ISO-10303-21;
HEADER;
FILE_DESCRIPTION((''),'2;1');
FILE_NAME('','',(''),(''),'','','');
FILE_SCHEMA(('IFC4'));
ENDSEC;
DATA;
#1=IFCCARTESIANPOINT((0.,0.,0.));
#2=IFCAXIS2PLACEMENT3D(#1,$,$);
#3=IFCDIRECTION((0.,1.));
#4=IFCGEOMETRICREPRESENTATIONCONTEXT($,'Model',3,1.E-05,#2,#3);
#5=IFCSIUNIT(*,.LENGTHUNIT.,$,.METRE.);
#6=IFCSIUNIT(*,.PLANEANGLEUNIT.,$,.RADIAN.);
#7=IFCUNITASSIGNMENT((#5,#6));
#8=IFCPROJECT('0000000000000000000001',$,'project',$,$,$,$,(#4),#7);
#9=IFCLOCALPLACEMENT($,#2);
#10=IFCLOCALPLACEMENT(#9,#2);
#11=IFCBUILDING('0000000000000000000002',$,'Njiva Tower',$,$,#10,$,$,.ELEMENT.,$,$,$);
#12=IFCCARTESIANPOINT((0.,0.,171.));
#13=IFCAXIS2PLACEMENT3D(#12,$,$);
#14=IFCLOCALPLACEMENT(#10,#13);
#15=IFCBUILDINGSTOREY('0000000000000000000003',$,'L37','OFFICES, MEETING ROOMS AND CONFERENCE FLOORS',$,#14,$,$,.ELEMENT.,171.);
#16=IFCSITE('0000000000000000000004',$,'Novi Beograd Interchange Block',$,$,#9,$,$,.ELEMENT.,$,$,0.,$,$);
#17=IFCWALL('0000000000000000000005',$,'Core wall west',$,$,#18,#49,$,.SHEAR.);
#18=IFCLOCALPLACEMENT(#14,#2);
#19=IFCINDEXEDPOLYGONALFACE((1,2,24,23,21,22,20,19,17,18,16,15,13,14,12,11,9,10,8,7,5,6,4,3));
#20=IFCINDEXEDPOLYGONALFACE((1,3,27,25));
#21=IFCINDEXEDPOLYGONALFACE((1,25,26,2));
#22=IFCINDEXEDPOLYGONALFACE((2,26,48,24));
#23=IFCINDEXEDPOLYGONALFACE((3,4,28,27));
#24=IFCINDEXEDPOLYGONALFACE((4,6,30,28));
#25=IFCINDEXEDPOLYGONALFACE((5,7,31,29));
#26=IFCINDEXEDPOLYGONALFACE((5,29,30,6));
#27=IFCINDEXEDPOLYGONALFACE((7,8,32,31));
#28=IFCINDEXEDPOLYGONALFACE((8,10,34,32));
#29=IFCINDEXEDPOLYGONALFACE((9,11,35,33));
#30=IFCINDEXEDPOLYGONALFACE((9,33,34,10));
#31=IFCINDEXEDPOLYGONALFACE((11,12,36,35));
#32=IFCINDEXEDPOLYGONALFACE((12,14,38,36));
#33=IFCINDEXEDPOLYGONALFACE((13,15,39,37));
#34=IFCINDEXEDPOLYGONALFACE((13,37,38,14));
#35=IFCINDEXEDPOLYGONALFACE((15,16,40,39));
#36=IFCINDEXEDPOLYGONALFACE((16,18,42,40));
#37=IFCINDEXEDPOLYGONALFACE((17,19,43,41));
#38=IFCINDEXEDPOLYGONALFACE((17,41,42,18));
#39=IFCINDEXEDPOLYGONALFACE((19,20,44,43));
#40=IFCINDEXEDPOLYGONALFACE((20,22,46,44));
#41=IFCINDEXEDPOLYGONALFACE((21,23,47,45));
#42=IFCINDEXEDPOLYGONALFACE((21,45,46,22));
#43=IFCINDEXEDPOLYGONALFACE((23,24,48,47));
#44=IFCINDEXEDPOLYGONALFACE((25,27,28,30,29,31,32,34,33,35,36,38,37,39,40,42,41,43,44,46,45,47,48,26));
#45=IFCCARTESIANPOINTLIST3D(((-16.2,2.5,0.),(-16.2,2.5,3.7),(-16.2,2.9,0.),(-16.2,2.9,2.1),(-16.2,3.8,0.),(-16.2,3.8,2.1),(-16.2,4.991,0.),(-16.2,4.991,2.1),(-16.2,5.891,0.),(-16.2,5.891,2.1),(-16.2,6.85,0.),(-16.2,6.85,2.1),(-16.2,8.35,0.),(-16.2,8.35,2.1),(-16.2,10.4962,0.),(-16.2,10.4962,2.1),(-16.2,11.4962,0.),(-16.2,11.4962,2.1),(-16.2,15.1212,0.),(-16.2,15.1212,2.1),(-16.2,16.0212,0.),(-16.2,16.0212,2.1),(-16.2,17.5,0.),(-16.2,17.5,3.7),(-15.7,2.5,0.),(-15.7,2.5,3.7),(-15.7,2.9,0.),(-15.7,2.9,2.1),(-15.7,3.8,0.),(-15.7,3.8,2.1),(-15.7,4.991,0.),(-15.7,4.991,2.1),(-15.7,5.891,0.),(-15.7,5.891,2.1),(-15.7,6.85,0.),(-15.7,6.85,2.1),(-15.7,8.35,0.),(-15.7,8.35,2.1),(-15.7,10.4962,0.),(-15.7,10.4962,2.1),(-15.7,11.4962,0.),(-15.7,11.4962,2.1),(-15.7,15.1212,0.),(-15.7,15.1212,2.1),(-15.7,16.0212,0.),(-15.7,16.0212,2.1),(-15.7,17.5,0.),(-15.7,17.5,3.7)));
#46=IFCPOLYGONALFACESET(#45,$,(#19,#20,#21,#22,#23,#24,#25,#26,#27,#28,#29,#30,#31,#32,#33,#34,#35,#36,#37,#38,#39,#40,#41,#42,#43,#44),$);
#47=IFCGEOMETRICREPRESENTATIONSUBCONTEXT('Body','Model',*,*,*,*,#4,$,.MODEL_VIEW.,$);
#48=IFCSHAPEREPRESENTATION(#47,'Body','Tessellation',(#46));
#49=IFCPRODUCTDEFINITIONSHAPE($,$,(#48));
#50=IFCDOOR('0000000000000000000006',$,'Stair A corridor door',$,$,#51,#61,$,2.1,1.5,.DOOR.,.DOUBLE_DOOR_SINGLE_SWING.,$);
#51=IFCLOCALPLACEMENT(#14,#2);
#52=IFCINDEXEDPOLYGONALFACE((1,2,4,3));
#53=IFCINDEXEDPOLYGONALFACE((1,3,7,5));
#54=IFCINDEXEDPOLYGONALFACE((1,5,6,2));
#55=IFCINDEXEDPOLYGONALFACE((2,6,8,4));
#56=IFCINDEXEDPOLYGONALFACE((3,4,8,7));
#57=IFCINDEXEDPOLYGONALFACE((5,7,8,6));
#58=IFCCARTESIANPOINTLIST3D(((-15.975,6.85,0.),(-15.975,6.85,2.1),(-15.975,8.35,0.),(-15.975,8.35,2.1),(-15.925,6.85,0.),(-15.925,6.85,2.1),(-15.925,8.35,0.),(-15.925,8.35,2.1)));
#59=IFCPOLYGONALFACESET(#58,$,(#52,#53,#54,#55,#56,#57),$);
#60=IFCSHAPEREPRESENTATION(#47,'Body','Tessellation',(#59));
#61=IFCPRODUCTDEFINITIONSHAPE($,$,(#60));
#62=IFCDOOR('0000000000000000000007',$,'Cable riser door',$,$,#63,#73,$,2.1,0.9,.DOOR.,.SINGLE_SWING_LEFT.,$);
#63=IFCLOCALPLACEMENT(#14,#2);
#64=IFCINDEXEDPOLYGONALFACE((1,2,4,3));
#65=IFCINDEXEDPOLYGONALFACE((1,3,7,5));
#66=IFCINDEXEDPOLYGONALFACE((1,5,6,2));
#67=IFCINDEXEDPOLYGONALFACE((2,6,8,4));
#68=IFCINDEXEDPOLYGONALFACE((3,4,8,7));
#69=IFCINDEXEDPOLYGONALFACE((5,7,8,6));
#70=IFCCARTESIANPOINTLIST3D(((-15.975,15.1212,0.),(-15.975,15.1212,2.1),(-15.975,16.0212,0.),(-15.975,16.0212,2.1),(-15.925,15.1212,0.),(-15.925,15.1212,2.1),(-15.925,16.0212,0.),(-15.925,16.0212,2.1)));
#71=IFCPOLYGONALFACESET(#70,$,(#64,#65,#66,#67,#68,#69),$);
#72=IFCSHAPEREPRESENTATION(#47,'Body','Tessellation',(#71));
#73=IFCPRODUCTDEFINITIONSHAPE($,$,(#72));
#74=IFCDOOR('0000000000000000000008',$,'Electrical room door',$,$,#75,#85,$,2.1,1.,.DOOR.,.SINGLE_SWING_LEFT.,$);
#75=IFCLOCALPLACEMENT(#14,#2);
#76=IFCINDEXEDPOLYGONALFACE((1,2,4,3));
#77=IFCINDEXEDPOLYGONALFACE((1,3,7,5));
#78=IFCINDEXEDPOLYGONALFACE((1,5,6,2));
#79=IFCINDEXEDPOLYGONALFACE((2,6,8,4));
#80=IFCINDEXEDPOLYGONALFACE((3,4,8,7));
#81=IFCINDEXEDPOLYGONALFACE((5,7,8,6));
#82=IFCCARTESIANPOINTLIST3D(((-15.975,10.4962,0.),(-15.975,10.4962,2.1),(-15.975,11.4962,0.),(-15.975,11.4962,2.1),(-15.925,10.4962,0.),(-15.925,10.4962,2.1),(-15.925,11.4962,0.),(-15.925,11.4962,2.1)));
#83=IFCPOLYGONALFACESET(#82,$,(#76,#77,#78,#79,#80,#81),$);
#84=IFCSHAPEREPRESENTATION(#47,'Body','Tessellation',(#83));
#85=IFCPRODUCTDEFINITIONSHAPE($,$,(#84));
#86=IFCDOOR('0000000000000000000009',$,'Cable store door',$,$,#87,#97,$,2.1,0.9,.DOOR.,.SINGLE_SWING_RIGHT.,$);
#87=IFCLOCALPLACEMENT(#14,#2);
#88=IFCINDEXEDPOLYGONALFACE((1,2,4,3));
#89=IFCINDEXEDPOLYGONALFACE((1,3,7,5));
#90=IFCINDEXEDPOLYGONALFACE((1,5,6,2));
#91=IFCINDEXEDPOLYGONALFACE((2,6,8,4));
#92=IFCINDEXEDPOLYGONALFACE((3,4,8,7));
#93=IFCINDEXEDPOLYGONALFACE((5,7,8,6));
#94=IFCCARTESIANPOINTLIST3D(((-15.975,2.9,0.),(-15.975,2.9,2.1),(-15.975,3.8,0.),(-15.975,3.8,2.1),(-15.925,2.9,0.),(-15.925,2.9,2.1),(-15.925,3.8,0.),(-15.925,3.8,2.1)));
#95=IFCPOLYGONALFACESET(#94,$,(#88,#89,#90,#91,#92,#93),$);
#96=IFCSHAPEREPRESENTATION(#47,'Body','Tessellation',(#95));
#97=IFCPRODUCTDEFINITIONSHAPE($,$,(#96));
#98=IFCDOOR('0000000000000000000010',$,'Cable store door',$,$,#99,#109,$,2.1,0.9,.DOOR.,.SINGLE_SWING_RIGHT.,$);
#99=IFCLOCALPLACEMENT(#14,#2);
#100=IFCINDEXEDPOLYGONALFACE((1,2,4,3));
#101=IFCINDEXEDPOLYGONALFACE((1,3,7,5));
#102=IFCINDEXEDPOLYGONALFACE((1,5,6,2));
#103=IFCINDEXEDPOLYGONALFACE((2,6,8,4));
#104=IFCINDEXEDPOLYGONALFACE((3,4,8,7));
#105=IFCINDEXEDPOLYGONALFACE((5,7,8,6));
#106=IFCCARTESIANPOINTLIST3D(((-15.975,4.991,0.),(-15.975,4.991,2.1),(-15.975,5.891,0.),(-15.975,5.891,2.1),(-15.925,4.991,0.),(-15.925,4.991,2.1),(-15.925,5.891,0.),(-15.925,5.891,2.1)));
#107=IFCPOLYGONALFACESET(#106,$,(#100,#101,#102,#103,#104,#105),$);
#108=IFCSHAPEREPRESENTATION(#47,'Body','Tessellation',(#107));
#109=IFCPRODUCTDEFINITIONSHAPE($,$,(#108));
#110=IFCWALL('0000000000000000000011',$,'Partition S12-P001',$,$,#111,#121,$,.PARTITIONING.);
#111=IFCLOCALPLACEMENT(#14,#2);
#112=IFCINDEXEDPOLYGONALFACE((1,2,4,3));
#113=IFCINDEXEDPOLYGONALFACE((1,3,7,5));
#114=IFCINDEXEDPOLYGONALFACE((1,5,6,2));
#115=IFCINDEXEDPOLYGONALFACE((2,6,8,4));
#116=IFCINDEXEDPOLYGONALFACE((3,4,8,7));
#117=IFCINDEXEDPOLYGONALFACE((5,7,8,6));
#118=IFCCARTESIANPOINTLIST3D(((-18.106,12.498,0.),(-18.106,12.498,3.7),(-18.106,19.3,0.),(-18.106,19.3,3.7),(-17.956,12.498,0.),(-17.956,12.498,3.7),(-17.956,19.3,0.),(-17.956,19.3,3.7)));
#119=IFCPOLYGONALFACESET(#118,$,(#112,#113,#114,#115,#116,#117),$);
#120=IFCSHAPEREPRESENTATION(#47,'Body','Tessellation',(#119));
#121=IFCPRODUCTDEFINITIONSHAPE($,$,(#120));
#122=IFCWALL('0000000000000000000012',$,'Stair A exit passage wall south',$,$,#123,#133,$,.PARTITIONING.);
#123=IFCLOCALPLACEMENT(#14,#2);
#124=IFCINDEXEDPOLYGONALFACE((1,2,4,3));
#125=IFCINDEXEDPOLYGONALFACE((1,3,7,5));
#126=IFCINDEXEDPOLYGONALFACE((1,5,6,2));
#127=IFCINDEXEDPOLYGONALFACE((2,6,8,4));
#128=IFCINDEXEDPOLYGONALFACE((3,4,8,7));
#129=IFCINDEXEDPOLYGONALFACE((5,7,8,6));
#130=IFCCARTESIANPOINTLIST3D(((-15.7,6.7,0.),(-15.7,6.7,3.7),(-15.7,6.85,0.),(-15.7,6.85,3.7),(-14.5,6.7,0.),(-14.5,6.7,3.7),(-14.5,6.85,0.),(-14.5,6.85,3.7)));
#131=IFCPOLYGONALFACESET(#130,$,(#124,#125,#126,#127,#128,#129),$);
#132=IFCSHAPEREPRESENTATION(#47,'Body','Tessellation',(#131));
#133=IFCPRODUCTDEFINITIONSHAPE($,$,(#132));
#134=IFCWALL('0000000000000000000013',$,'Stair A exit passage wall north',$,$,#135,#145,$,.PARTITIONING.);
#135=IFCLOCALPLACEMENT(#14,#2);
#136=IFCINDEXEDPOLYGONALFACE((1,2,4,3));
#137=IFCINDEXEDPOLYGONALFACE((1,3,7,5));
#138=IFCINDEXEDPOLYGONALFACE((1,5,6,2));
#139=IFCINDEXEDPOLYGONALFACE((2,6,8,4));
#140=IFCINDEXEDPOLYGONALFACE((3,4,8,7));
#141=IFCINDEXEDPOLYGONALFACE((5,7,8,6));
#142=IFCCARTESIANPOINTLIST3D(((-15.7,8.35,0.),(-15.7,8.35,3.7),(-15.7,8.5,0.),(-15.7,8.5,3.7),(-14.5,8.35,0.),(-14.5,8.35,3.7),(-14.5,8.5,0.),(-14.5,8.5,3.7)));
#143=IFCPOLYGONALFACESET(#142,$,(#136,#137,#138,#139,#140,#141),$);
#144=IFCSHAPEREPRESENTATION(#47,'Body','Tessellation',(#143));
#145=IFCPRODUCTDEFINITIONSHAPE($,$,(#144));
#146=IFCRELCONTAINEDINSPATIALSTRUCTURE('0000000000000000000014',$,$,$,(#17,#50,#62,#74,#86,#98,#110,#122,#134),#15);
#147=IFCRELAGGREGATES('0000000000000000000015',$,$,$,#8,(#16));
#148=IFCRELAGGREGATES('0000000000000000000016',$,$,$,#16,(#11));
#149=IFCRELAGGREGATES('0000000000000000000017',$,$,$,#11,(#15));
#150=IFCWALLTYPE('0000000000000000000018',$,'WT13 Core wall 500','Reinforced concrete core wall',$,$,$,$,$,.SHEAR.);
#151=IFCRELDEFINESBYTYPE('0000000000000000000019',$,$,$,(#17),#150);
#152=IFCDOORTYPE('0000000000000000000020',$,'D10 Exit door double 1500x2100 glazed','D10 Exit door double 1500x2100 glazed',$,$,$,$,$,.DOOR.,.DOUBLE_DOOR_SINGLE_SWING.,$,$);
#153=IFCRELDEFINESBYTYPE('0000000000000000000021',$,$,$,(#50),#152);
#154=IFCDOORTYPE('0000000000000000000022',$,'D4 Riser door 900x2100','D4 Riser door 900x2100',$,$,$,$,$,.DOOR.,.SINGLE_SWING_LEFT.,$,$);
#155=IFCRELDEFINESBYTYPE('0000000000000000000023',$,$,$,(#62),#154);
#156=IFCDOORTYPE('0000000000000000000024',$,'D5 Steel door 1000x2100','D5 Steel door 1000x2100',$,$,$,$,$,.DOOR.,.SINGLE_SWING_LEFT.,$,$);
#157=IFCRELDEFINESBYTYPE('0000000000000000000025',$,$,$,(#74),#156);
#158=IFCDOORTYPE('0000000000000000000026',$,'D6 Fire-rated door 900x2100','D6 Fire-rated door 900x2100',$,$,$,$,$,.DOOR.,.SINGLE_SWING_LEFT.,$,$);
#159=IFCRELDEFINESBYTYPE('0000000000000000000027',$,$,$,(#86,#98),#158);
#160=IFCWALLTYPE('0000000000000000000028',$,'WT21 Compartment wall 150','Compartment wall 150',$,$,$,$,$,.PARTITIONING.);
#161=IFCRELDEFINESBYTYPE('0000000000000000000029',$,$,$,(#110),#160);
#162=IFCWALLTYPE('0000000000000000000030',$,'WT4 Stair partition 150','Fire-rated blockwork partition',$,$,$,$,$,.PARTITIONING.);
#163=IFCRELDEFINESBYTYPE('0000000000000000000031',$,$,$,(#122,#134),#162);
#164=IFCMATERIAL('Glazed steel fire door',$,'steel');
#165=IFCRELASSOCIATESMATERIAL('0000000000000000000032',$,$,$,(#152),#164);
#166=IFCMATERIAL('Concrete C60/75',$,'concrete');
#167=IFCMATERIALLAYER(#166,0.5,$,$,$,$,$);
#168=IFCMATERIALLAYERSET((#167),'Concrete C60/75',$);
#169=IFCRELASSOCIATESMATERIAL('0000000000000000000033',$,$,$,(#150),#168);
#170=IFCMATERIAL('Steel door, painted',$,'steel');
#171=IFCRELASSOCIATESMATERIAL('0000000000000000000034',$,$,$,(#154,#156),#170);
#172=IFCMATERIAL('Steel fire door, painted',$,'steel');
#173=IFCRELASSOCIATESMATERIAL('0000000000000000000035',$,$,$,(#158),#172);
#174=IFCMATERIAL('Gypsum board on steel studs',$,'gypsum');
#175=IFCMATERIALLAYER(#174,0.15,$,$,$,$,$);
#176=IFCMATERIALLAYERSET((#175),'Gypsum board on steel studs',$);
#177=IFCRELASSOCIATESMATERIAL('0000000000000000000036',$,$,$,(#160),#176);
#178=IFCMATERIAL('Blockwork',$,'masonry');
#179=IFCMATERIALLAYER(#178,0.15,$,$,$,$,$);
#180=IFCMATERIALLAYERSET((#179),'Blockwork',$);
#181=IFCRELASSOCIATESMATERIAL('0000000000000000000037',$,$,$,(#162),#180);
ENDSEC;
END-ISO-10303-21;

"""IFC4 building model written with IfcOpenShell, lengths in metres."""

from ifc_helpers import new_model, si_unit, direction, frame, frame_2d, origin, place, context, subcontext, project, spatial, rectangle, extrude, material, layer, layer_set, type_object, element, fill, save


model = new_model("IFC4")

# Units and contexts
model_context = context("Model", 3, precision=1e-05, world=origin(), true_north=direction((0.0, 1.0)))
body_context = subcontext(model_context, "Body", "Model", "MODEL_VIEW")
ifc_project = project(units=[si_unit("LENGTHUNIT", "METRE"), si_unit("PLANEANGLEUNIT", "RADIAN")], contexts=[model_context])

# Site, building, storey
site_placement = place(None, origin())
site = spatial("IfcSite", under=ifc_project, at=site_placement, Name="Novi Beograd Interchange Block", CompositionType="ELEMENT", RefElevation=0.0)
building_placement = place(site_placement, origin())
building = spatial("IfcBuilding", under=site, at=building_placement, Name="Njiva Tower", CompositionType="ELEMENT")
storey_placement = place(building_placement, frame((0.0, 0.0, 171.0)))
storey = spatial("IfcBuildingStorey", under=building, at=storey_placement, Name="L37", Description="OFFICES, MEETING ROOMS AND CONFERENCE FLOORS", CompositionType="ELEMENT", Elevation=171.0)

# Shared definitions
ifc_material_1 = material(Name="Blockwork", Category="masonry")

# Shared definitions
ifc_material_2 = material(Name="Glazed steel fire door", Category="steel")
door_type_1 = type_object("IfcDoorType", Name="D10 Exit door double 1500x2100 glazed", Description="D10 Exit door double 1500x2100 glazed", OperationType="DOUBLE_DOOR_SINGLE_SWING", PredefinedType="DOOR", material=ifc_material_2)

# Wall, openings, doors
ifc_material_3 = material(Name="Concrete C60/75", Category="concrete")
ifc_layer_1 = layer(ifc_material_3, 0.5)
ifc_layer_set_1 = layer_set([ifc_layer_1], Name="Concrete C60/75")
wall_type_1 = type_object("IfcWallType", Name="WT13 Core wall 500", Description="Reinforced concrete core wall", PredefinedType="SHEAR", material=ifc_layer_set_1)
wall_1_placement = place(storey_placement, frame((-15.95, 2.5, 0.0), z_axis=(0.0, 0.0, 1.0), x_axis=(0.0, 1.0, 0.0)))
wall_1 = element("IfcWall", 1, at=wall_1_placement, inside=storey, type_object=wall_type_1, Name="Core wall west", PredefinedType="SHEAR", context=body_context, shape_type="SweptSolid", body=[
    extrude(rectangle(XDim=15.0, YDim=0.5, at=frame_2d((7.5, 0.0))), origin(), (0.0, 0.0, 1.0), 3.7),
])
opening_1_placement = place(wall_1_placement, frame((4.35, 0.0, 0.0)))
opening_1 = element("IfcOpeningElement", 2, at=opening_1_placement, cuts=wall_1, PredefinedType="OPENING", context=body_context, shape_type="SweptSolid", body=[
    extrude(rectangle(XDim=1.5, YDim=2.1, at=frame_2d((0.75, 1.05))), frame((0.0, 0.26, 0.0), z_axis=(0.0, -1.0, 0.0), x_axis=(1.0, 0.0, 0.0)), (0.0, 0.0, 1.0), 0.52),
])
opening_2_placement = place(wall_1_placement, frame((0.4, 0.0, 0.0)))
opening_2 = element("IfcOpeningElement", 3, at=opening_2_placement, cuts=wall_1, PredefinedType="OPENING", context=body_context, shape_type="SweptSolid", body=[
    extrude(rectangle(XDim=0.9, YDim=2.1, at=frame_2d((0.45, 1.05))), frame((0.0, 0.26, 0.0), z_axis=(0.0, -1.0, 0.0), x_axis=(1.0, 0.0, 0.0)), (0.0, 0.0, 1.0), 0.52),
])
opening_3_placement = place(wall_1_placement, frame((2.491, 0.0, 0.0)))
opening_3 = element("IfcOpeningElement", 4, at=opening_3_placement, cuts=wall_1, PredefinedType="OPENING", context=body_context, shape_type="SweptSolid", body=[
    extrude(rectangle(XDim=0.9, YDim=2.1, at=frame_2d((0.45, 1.05))), frame((0.0, 0.26, 0.0), z_axis=(0.0, -1.0, 0.0), x_axis=(1.0, 0.0, 0.0)), (0.0, 0.0, 1.0), 0.52),
])
opening_4_placement = place(wall_1_placement, frame((7.9962, 0.0, 0.0)))
opening_4 = element("IfcOpeningElement", 5, at=opening_4_placement, cuts=wall_1, PredefinedType="OPENING", context=body_context, shape_type="SweptSolid", body=[
    extrude(rectangle(XDim=1.0, YDim=2.1, at=frame_2d((0.5, 1.05))), frame((0.0, 0.26, 0.0), z_axis=(0.0, -1.0, 0.0), x_axis=(1.0, 0.0, 0.0)), (0.0, 0.0, 1.0), 0.52),
])
opening_5_placement = place(wall_1_placement, frame((12.6212, 0.0, 0.0)))
opening_5 = element("IfcOpeningElement", 6, at=opening_5_placement, cuts=wall_1, PredefinedType="OPENING", context=body_context, shape_type="SweptSolid", body=[
    extrude(rectangle(XDim=0.9, YDim=2.1, at=frame_2d((0.45, 1.05))), frame((0.0, 0.26, 0.0), z_axis=(0.0, -1.0, 0.0), x_axis=(1.0, 0.0, 0.0)), (0.0, 0.0, 1.0), 0.52),
])
door_1_placement = place(opening_1_placement, origin())
door_1 = element("IfcDoor", 7, at=door_1_placement, inside=storey, type_object=door_type_1, Name="Stair A corridor door", OperationType="DOUBLE_DOOR_SINGLE_SWING", OverallHeight=2.1, OverallWidth=1.5, PredefinedType="DOOR", context=body_context, shape_type="SweptSolid", body=[
    extrude(rectangle(XDim=1.5, YDim=2.1, at=frame_2d((0.75, 1.05))), frame((0.0, 0.025, 0.0), z_axis=(0.0, -1.0, 0.0), x_axis=(1.0, 0.0, 0.0)), (0.0, 0.0, 1.0), 0.05),
])
fill(opening_1, door_1)
ifc_material_4 = material(Name="Steel door, painted", Category="steel")
door_type_2 = type_object("IfcDoorType", Name="D4 Riser door 900x2100", Description="D4 Riser door 900x2100", OperationType="SINGLE_SWING_LEFT", PredefinedType="DOOR", material=ifc_material_4)
door_2_placement = place(opening_5_placement, origin())
door_2 = element("IfcDoor", 8, at=door_2_placement, inside=storey, type_object=door_type_2, Name="Cable riser door", OperationType="SINGLE_SWING_LEFT", OverallHeight=2.1, OverallWidth=0.9, PredefinedType="DOOR", context=body_context, shape_type="SweptSolid", body=[
    extrude(rectangle(XDim=0.9, YDim=2.1, at=frame_2d((0.45, 1.05))), frame((0.0, 0.025, 0.0), z_axis=(0.0, -1.0, 0.0), x_axis=(1.0, 0.0, 0.0)), (0.0, 0.0, 1.0), 0.05),
])
fill(opening_5, door_2)
door_type_3 = type_object("IfcDoorType", Name="D5 Steel door 1000x2100", Description="D5 Steel door 1000x2100", OperationType="SINGLE_SWING_LEFT", PredefinedType="DOOR", material=ifc_material_4)
door_3_placement = place(opening_4_placement, origin())
door_3 = element("IfcDoor", 9, at=door_3_placement, inside=storey, type_object=door_type_3, Name="Electrical room door", OperationType="SINGLE_SWING_LEFT", OverallHeight=2.1, OverallWidth=1.0, PredefinedType="DOOR", context=body_context, shape_type="SweptSolid", body=[
    extrude(rectangle(XDim=1.0, YDim=2.1, at=frame_2d((0.5, 1.05))), frame((0.0, 0.025, 0.0), z_axis=(0.0, -1.0, 0.0), x_axis=(1.0, 0.0, 0.0)), (0.0, 0.0, 1.0), 0.05),
])
fill(opening_4, door_3)
ifc_material_5 = material(Name="Steel fire door, painted", Category="steel")
door_type_4 = type_object("IfcDoorType", Name="D6 Fire-rated door 900x2100", Description="D6 Fire-rated door 900x2100", OperationType="SINGLE_SWING_LEFT", PredefinedType="DOOR", material=ifc_material_5)
door_4_placement = place(opening_2_placement, origin())
door_4 = element("IfcDoor", 10, at=door_4_placement, inside=storey, type_object=door_type_4, Name="Cable store door", OperationType="SINGLE_SWING_RIGHT", OverallHeight=2.1, OverallWidth=0.9, PredefinedType="DOOR", context=body_context, shape_type="SweptSolid", body=[
    extrude(rectangle(XDim=0.9, YDim=2.1, at=frame_2d((0.45, 1.05))), frame((0.0, 0.025, 0.0), z_axis=(0.0, -1.0, 0.0), x_axis=(1.0, 0.0, 0.0)), (0.0, 0.0, 1.0), 0.05),
])
fill(opening_2, door_4)
door_5_placement = place(opening_3_placement, origin())
door_5 = element("IfcDoor", 11, at=door_5_placement, inside=storey, type_object=door_type_4, Name="Cable store door", OperationType="SINGLE_SWING_RIGHT", OverallHeight=2.1, OverallWidth=0.9, PredefinedType="DOOR", context=body_context, shape_type="SweptSolid", body=[
    extrude(rectangle(XDim=0.9, YDim=2.1, at=frame_2d((0.45, 1.05))), frame((0.0, 0.025, 0.0), z_axis=(0.0, -1.0, 0.0), x_axis=(1.0, 0.0, 0.0)), (0.0, 0.0, 1.0), 0.05),
])
fill(opening_3, door_5)

# Walls
ifc_material_6 = material(Name="Gypsum board on steel studs", Category="gypsum")
ifc_layer_2 = layer(ifc_material_6, 0.15)
ifc_layer_set_2 = layer_set([ifc_layer_2], Name="Gypsum board on steel studs")
wall_type_2 = type_object("IfcWallType", Name="WT21 Compartment wall 150", Description="Compartment wall 150", PredefinedType="PARTITIONING", material=ifc_layer_set_2)
wall_2_placement = place(storey_placement, frame((-18.031, 12.498, 0.0), z_axis=(0.0, 0.0, 1.0), x_axis=(0.0, 1.0, 0.0)))
element("IfcWall", 12, at=wall_2_placement, inside=storey, type_object=wall_type_2, Name="Partition S12-P001", PredefinedType="PARTITIONING", context=body_context, shape_type="SweptSolid", body=[
    extrude(rectangle(XDim=6.802, YDim=0.15, at=frame_2d((3.401, 0.0))), origin(), (0.0, 0.0, 1.0), 3.7),
])
ifc_layer_3 = layer(ifc_material_1, 0.15)
ifc_layer_set_3 = layer_set([ifc_layer_3], Name="Blockwork")
wall_type_3 = type_object("IfcWallType", Name="WT4 Stair partition 150", Description="Fire-rated blockwork partition", PredefinedType="PARTITIONING", material=ifc_layer_set_3)
for number, where, z_axis, x_axis, name in (
    (13, (-15.7, 6.775, 0.0), (0.0, 0.0, 1.0), (1.0, 0.0, 0.0), "Stair A exit passage wall south"),
    (14, (-15.7, 8.425, 0.0), (0.0, 0.0, 1.0), (1.0, 0.0, 0.0), "Stair A exit passage wall north"),
):
    element("IfcWall", number, at=place(storey_placement, frame(where, z_axis=z_axis, x_axis=x_axis)), inside=storey, type_object=wall_type_3, Name=name, PredefinedType="PARTITIONING", context=body_context, shape_type="SweptSolid", body=[
        extrude(rectangle(XDim=1.2, YDim=0.15, at=frame_2d((0.6, 0.0))), origin(), (0.0, 0.0, 1.0), 3.7),
    ])

save(model, "model.ifc")
